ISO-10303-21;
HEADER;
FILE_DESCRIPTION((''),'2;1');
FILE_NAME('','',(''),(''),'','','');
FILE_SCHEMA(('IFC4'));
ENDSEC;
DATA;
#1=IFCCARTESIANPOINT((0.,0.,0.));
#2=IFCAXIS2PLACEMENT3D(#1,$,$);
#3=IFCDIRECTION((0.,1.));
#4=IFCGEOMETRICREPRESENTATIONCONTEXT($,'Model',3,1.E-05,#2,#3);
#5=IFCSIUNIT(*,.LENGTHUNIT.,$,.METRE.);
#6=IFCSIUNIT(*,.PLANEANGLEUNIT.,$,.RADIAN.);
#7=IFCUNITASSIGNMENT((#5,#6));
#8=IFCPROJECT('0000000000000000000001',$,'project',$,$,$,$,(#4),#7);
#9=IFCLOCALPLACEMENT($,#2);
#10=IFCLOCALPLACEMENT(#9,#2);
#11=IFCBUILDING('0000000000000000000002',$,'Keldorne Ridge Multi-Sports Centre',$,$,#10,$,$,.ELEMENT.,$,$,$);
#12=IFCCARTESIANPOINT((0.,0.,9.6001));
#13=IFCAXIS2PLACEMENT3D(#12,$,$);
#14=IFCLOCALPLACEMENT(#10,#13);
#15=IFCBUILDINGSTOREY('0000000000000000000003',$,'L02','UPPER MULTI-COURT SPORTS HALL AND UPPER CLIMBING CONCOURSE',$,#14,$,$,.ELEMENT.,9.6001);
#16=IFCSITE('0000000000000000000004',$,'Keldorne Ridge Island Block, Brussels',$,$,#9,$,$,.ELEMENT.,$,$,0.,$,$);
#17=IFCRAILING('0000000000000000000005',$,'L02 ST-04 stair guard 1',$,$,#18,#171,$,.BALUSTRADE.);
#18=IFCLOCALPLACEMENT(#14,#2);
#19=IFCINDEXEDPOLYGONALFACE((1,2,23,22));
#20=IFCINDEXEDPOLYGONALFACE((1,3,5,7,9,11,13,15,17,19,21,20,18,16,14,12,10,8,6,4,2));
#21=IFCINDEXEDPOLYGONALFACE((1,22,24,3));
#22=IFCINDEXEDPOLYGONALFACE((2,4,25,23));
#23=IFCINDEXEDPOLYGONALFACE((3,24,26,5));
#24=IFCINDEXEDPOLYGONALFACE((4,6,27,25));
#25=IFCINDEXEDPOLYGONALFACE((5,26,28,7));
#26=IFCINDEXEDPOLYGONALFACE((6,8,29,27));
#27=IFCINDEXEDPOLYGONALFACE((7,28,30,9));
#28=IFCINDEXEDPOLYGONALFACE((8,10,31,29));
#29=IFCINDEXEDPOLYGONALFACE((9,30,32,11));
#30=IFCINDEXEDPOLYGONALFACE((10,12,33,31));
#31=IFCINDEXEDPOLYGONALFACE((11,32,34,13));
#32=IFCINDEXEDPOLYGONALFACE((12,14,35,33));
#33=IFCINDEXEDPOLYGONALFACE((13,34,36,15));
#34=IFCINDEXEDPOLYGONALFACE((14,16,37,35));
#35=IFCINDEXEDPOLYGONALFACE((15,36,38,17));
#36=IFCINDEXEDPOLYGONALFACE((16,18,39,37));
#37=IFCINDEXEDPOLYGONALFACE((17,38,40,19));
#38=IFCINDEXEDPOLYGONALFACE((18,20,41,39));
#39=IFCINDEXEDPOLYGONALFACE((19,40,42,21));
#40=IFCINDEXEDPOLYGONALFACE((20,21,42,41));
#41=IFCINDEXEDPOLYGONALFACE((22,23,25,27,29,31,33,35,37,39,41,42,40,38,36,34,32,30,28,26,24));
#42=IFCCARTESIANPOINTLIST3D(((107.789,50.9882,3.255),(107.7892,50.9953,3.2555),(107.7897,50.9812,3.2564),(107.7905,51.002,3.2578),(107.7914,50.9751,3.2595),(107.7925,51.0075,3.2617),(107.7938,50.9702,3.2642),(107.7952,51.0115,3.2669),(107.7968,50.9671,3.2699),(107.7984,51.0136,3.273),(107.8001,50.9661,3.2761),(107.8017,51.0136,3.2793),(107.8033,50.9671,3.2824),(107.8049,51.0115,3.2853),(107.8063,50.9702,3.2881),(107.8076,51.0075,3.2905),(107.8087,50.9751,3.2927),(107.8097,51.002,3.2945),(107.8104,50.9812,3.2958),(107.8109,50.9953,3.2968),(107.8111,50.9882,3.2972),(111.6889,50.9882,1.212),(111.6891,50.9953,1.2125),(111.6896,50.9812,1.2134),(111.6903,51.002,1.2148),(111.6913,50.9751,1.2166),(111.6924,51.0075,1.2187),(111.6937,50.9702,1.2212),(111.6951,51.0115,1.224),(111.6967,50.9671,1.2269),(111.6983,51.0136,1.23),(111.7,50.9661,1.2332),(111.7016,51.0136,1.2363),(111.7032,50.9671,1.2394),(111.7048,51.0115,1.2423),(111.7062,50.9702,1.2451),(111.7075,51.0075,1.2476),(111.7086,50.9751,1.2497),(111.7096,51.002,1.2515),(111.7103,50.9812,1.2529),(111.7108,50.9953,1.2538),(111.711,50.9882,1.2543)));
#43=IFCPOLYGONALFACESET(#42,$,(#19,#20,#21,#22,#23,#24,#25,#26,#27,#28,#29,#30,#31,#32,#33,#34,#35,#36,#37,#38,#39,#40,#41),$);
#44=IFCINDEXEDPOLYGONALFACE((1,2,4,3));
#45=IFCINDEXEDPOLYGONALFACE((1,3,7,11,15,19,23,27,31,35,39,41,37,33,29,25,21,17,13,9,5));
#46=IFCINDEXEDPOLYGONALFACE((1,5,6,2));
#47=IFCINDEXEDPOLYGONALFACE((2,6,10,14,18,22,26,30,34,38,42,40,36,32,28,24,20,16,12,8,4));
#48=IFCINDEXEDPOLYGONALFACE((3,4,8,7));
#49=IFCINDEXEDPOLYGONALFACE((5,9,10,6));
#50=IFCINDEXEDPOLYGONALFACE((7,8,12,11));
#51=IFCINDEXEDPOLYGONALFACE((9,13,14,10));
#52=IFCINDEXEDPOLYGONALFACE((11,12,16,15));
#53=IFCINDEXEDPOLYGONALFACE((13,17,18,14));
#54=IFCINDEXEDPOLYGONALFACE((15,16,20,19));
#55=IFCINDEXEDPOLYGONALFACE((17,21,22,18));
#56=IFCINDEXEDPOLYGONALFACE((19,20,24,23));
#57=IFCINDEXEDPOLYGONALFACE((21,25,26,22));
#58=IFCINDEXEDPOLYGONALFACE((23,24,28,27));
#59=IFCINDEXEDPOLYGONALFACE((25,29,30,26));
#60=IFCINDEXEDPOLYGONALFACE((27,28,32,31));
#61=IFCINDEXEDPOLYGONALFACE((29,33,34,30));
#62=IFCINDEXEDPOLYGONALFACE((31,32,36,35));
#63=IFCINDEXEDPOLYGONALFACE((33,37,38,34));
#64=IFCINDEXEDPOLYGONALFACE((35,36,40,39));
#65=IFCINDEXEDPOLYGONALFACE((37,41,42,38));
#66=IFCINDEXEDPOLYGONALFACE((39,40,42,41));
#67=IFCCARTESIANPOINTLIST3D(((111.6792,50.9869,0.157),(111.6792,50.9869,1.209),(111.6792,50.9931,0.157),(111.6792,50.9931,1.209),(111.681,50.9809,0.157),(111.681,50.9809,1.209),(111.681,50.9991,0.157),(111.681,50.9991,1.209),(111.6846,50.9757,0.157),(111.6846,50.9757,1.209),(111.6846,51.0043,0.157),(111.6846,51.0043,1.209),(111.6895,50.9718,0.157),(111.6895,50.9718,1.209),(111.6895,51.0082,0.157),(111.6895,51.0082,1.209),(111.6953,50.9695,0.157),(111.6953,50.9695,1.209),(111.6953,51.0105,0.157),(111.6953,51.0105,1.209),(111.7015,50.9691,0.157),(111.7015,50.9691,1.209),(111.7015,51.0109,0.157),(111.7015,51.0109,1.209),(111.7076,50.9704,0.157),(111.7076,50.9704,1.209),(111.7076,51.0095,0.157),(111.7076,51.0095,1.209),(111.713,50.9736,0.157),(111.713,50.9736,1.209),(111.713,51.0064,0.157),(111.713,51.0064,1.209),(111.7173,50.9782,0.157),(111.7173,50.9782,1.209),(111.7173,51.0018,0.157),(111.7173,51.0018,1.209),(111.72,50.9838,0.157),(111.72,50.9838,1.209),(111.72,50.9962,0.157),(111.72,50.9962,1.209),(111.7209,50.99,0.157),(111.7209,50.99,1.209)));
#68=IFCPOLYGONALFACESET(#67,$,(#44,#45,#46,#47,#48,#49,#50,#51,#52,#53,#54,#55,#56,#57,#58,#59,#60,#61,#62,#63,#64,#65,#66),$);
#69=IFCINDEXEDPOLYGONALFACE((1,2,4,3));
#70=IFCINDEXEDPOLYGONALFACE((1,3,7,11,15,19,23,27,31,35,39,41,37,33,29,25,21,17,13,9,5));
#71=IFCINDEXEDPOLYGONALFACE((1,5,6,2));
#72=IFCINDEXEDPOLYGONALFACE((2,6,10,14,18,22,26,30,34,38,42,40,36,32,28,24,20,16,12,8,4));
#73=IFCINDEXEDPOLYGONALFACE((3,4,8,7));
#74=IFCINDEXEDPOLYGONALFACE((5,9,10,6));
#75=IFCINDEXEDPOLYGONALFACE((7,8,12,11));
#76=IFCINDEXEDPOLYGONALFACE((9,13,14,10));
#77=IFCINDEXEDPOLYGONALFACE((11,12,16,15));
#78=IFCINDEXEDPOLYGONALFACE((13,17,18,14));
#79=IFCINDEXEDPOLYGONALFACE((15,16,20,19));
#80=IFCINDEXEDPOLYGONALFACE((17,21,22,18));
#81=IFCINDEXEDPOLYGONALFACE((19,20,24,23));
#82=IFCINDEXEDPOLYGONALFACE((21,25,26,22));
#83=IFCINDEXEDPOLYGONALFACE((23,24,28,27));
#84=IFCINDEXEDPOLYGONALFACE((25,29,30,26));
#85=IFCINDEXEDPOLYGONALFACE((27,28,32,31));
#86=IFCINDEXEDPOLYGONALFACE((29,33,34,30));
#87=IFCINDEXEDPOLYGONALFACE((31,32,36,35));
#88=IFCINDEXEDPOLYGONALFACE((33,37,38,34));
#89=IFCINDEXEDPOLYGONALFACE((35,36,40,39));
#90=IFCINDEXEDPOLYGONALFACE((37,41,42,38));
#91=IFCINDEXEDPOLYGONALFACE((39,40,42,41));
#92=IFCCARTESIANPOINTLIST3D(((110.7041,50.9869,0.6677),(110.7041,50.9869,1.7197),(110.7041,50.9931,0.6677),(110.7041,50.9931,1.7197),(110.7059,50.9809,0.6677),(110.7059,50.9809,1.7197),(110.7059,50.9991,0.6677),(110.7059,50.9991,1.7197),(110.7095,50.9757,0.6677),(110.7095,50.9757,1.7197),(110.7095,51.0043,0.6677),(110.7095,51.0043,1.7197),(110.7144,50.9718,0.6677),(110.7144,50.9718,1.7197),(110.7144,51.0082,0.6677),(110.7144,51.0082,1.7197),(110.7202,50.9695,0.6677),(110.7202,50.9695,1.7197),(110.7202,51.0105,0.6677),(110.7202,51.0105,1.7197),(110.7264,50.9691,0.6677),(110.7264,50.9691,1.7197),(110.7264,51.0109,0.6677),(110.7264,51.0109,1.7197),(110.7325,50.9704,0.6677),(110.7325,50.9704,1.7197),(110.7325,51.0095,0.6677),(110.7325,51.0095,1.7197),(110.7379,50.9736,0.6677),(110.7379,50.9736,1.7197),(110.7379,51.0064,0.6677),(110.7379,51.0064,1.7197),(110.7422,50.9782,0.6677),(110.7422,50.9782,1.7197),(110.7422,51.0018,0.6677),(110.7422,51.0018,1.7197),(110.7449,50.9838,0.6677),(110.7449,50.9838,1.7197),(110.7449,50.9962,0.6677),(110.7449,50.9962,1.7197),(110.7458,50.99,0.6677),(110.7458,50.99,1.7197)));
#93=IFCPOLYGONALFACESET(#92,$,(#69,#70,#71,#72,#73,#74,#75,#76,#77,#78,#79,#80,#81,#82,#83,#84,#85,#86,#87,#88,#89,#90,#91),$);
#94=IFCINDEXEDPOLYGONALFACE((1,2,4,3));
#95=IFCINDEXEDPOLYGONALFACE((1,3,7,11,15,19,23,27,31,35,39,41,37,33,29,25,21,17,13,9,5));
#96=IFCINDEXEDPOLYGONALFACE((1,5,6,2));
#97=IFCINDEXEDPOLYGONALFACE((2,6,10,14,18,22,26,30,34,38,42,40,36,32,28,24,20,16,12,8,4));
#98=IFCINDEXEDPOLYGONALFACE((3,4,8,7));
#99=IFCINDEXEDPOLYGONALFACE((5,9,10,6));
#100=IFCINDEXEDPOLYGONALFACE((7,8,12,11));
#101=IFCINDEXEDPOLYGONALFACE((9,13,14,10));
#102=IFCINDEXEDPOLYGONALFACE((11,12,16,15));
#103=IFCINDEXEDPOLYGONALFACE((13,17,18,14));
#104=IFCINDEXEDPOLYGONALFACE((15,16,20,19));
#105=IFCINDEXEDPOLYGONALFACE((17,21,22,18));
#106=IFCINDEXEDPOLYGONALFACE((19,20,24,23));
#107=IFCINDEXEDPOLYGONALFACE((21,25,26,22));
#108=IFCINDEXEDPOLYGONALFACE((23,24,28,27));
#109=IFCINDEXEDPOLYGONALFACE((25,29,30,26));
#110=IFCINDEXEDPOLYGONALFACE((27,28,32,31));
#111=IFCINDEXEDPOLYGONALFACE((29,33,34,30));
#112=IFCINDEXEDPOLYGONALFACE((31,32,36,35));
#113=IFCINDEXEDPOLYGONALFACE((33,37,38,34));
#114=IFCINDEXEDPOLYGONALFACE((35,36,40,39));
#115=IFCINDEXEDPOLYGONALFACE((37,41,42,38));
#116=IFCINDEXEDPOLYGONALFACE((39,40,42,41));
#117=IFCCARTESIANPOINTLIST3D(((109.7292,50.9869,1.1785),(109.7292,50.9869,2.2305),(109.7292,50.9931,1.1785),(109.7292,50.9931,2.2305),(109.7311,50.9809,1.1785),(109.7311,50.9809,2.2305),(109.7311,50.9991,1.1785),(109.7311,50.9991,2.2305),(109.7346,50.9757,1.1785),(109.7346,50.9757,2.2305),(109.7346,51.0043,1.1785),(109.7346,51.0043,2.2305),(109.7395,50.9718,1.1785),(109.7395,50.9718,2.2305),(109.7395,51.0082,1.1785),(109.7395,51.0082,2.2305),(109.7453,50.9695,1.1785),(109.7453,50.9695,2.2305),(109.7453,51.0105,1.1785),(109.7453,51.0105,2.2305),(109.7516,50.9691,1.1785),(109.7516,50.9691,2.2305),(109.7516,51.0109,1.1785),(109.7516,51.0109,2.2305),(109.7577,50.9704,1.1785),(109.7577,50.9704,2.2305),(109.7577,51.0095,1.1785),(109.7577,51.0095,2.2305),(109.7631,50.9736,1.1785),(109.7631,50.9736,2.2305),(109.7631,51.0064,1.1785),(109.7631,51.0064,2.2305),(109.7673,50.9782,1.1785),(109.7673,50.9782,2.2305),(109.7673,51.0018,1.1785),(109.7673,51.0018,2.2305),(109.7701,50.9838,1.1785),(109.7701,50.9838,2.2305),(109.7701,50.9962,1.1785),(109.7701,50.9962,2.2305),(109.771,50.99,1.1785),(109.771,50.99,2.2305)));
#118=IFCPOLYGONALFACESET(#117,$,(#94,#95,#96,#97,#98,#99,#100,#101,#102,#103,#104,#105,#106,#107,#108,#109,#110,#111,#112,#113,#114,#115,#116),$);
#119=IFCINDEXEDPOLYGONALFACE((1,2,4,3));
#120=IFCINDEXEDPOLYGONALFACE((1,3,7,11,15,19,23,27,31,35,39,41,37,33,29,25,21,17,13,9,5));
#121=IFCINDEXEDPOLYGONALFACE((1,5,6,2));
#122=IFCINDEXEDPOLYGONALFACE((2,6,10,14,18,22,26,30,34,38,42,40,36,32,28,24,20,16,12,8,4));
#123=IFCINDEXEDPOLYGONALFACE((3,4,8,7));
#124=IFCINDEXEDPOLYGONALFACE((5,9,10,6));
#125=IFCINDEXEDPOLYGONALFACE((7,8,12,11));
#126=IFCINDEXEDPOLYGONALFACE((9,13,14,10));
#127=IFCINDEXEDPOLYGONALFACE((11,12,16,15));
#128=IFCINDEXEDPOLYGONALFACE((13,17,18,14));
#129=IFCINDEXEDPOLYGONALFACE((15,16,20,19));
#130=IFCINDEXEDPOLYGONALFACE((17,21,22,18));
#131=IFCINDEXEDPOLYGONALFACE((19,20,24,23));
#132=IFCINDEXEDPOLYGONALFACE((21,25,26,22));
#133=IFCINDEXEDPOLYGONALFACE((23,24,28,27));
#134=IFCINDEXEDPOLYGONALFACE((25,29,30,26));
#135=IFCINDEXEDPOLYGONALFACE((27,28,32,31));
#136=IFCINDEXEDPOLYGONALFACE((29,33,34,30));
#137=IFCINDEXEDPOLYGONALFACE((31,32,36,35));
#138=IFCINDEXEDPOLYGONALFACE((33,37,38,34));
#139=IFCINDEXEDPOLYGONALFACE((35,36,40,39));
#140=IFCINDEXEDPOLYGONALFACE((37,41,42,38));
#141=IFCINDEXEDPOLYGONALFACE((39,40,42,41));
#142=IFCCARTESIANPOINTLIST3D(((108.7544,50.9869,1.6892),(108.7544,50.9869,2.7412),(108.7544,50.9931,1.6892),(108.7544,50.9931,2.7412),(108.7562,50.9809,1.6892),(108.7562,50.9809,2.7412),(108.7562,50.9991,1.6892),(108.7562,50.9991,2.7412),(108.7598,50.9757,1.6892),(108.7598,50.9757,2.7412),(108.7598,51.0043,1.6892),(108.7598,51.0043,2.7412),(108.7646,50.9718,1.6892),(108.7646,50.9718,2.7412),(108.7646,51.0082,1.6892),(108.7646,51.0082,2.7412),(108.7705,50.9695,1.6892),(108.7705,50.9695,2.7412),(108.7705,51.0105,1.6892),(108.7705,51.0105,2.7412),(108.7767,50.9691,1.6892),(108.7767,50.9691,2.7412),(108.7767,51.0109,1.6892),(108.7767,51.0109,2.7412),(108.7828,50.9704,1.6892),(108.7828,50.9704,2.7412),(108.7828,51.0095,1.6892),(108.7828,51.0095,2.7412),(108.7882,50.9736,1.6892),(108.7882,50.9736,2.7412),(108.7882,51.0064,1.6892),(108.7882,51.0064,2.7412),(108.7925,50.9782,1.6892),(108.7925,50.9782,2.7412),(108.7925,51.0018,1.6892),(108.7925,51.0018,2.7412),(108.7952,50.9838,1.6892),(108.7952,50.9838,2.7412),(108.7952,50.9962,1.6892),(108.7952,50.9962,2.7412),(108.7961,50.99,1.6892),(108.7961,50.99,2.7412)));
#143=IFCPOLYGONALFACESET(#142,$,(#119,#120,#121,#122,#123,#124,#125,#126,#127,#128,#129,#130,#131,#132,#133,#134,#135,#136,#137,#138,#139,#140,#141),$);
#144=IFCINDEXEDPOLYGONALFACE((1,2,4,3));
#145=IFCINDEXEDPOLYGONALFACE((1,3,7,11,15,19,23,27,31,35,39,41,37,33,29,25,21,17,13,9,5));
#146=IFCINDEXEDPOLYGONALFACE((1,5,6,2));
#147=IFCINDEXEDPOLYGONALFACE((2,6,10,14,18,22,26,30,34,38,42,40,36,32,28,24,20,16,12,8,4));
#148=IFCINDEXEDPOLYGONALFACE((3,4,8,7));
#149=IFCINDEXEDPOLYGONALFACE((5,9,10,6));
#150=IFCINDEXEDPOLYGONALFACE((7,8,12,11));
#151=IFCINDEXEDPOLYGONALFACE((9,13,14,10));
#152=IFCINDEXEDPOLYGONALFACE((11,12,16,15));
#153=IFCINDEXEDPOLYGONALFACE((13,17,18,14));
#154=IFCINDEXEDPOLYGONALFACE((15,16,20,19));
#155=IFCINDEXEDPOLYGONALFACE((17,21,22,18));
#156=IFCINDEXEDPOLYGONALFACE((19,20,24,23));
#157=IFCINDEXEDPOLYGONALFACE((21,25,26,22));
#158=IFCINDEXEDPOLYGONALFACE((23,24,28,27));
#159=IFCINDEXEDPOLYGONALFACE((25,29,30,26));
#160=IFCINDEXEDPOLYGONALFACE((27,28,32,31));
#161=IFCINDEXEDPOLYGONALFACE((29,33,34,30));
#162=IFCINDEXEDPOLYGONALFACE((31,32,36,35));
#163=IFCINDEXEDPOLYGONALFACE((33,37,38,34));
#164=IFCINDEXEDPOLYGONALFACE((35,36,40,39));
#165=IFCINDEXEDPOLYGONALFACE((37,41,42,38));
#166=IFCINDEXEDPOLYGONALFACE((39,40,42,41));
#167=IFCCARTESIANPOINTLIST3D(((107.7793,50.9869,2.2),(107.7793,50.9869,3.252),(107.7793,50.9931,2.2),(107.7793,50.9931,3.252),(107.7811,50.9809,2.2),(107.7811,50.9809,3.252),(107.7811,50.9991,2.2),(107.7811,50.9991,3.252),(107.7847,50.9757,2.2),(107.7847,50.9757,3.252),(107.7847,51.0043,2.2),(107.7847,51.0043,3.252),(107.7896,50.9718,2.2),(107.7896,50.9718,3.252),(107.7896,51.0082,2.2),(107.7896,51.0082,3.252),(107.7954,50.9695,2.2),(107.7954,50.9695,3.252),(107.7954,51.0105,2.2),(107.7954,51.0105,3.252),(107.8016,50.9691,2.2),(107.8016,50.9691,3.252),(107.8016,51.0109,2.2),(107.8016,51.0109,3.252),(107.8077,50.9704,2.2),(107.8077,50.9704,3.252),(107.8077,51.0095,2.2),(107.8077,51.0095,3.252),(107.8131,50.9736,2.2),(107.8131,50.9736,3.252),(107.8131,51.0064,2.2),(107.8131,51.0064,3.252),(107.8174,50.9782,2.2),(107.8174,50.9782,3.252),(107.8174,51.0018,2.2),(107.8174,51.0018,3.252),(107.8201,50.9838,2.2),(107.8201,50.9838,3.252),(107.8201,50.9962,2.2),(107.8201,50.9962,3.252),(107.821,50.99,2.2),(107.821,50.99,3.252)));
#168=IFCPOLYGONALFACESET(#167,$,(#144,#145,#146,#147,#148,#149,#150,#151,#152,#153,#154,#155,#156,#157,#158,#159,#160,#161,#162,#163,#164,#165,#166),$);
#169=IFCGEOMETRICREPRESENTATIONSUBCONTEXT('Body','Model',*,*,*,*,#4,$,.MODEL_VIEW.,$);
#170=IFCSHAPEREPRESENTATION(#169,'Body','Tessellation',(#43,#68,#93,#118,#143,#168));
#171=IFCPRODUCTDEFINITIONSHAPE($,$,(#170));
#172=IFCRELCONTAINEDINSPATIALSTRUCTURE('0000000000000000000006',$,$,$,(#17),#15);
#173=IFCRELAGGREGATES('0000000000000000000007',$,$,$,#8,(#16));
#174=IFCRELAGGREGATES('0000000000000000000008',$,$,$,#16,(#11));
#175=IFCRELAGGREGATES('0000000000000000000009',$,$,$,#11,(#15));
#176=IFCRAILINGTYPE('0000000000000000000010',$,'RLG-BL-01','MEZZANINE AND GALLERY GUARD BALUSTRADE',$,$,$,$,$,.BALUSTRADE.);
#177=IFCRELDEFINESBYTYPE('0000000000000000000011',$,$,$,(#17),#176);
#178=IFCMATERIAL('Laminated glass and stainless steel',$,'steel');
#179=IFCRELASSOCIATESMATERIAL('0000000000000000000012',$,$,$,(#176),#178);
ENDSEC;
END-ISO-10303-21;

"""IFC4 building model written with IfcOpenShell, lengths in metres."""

from ifc_helpers import new_model, si_unit, direction, frame, origin, origin_2d, place, context, subcontext, project, spatial, circle, extrude, material, type_object, element, save


model = new_model("IFC4")

# Units and contexts
model_context = context("Model", 3, precision=1e-05, world=origin(), true_north=direction((0.0, 1.0)))
body_context = subcontext(model_context, "Body", "Model", "MODEL_VIEW")
ifc_project = project(units=[si_unit("LENGTHUNIT", "METRE"), si_unit("PLANEANGLEUNIT", "RADIAN")], contexts=[model_context])

# Site, building, storey
site_placement = place(None, origin())
site = spatial("IfcSite", under=ifc_project, at=site_placement, Name="Keldorne Ridge Island Block, Brussels", CompositionType="ELEMENT", RefElevation=0.0)
building_placement = place(site_placement, origin())
building = spatial("IfcBuilding", under=site, at=building_placement, Name="Keldorne Ridge Multi-Sports Centre", CompositionType="ELEMENT")
storey_placement = place(building_placement, frame((0.0, 0.0, 9.6001)))
storey = spatial("IfcBuildingStorey", under=building, at=storey_placement, Name="L02", Description="UPPER MULTI-COURT SPORTS HALL AND UPPER CLIMBING CONCOURSE", CompositionType="ELEMENT", Elevation=9.6001)

# Railing
ifc_material_1 = material(Name="Laminated glass and stainless steel", Category="steel")
railing_type_1 = type_object("IfcRailingType", Name="RLG-BL-01", Description="MEZZANINE AND GALLERY GUARD BALUSTRADE", PredefinedType="BALUSTRADE", material=ifc_material_1)
railing_1_placement = place(storey_placement, frame((111.7, 50.99, 0.157)))
element("IfcRailing", 1, at=railing_1_placement, inside=storey, type_object=railing_type_1, Name="L02 ST-04 stair guard 1", PredefinedType="BALUSTRADE", context=body_context, shape_type="SweptSolid", body=[
    extrude(circle(Radius=0.0239, at=origin_2d()), frame((0.0, 0.0, 1.0762), z_axis=(-0.885816, 0.0, 0.464036), x_axis=(0.0, -1.0, 0.0)), (0.0, 0.0, 1.0), 4.4026),
    extrude(circle(Radius=0.021, at=origin_2d()), origin(), (0.0, 0.0, 1.0), 1.052),
    extrude(circle(Radius=0.021, at=origin_2d()), frame((-0.9751, 0.0, 0.5107)), (0.0, 0.0, 1.0), 1.052),
    extrude(circle(Radius=0.021, at=origin_2d()), frame((-1.95, 0.0, 1.0215)), (0.0, 0.0, 1.0), 1.052),
    extrude(circle(Radius=0.021, at=origin_2d()), frame((-2.9248, 0.0, 1.5322)), (0.0, 0.0, 1.0), 1.052),
    extrude(circle(Radius=0.021, at=origin_2d()), frame((-3.8999, 0.0, 2.043)), (0.0, 0.0, 1.0), 1.052),
])

save(model, "model.ifc")
